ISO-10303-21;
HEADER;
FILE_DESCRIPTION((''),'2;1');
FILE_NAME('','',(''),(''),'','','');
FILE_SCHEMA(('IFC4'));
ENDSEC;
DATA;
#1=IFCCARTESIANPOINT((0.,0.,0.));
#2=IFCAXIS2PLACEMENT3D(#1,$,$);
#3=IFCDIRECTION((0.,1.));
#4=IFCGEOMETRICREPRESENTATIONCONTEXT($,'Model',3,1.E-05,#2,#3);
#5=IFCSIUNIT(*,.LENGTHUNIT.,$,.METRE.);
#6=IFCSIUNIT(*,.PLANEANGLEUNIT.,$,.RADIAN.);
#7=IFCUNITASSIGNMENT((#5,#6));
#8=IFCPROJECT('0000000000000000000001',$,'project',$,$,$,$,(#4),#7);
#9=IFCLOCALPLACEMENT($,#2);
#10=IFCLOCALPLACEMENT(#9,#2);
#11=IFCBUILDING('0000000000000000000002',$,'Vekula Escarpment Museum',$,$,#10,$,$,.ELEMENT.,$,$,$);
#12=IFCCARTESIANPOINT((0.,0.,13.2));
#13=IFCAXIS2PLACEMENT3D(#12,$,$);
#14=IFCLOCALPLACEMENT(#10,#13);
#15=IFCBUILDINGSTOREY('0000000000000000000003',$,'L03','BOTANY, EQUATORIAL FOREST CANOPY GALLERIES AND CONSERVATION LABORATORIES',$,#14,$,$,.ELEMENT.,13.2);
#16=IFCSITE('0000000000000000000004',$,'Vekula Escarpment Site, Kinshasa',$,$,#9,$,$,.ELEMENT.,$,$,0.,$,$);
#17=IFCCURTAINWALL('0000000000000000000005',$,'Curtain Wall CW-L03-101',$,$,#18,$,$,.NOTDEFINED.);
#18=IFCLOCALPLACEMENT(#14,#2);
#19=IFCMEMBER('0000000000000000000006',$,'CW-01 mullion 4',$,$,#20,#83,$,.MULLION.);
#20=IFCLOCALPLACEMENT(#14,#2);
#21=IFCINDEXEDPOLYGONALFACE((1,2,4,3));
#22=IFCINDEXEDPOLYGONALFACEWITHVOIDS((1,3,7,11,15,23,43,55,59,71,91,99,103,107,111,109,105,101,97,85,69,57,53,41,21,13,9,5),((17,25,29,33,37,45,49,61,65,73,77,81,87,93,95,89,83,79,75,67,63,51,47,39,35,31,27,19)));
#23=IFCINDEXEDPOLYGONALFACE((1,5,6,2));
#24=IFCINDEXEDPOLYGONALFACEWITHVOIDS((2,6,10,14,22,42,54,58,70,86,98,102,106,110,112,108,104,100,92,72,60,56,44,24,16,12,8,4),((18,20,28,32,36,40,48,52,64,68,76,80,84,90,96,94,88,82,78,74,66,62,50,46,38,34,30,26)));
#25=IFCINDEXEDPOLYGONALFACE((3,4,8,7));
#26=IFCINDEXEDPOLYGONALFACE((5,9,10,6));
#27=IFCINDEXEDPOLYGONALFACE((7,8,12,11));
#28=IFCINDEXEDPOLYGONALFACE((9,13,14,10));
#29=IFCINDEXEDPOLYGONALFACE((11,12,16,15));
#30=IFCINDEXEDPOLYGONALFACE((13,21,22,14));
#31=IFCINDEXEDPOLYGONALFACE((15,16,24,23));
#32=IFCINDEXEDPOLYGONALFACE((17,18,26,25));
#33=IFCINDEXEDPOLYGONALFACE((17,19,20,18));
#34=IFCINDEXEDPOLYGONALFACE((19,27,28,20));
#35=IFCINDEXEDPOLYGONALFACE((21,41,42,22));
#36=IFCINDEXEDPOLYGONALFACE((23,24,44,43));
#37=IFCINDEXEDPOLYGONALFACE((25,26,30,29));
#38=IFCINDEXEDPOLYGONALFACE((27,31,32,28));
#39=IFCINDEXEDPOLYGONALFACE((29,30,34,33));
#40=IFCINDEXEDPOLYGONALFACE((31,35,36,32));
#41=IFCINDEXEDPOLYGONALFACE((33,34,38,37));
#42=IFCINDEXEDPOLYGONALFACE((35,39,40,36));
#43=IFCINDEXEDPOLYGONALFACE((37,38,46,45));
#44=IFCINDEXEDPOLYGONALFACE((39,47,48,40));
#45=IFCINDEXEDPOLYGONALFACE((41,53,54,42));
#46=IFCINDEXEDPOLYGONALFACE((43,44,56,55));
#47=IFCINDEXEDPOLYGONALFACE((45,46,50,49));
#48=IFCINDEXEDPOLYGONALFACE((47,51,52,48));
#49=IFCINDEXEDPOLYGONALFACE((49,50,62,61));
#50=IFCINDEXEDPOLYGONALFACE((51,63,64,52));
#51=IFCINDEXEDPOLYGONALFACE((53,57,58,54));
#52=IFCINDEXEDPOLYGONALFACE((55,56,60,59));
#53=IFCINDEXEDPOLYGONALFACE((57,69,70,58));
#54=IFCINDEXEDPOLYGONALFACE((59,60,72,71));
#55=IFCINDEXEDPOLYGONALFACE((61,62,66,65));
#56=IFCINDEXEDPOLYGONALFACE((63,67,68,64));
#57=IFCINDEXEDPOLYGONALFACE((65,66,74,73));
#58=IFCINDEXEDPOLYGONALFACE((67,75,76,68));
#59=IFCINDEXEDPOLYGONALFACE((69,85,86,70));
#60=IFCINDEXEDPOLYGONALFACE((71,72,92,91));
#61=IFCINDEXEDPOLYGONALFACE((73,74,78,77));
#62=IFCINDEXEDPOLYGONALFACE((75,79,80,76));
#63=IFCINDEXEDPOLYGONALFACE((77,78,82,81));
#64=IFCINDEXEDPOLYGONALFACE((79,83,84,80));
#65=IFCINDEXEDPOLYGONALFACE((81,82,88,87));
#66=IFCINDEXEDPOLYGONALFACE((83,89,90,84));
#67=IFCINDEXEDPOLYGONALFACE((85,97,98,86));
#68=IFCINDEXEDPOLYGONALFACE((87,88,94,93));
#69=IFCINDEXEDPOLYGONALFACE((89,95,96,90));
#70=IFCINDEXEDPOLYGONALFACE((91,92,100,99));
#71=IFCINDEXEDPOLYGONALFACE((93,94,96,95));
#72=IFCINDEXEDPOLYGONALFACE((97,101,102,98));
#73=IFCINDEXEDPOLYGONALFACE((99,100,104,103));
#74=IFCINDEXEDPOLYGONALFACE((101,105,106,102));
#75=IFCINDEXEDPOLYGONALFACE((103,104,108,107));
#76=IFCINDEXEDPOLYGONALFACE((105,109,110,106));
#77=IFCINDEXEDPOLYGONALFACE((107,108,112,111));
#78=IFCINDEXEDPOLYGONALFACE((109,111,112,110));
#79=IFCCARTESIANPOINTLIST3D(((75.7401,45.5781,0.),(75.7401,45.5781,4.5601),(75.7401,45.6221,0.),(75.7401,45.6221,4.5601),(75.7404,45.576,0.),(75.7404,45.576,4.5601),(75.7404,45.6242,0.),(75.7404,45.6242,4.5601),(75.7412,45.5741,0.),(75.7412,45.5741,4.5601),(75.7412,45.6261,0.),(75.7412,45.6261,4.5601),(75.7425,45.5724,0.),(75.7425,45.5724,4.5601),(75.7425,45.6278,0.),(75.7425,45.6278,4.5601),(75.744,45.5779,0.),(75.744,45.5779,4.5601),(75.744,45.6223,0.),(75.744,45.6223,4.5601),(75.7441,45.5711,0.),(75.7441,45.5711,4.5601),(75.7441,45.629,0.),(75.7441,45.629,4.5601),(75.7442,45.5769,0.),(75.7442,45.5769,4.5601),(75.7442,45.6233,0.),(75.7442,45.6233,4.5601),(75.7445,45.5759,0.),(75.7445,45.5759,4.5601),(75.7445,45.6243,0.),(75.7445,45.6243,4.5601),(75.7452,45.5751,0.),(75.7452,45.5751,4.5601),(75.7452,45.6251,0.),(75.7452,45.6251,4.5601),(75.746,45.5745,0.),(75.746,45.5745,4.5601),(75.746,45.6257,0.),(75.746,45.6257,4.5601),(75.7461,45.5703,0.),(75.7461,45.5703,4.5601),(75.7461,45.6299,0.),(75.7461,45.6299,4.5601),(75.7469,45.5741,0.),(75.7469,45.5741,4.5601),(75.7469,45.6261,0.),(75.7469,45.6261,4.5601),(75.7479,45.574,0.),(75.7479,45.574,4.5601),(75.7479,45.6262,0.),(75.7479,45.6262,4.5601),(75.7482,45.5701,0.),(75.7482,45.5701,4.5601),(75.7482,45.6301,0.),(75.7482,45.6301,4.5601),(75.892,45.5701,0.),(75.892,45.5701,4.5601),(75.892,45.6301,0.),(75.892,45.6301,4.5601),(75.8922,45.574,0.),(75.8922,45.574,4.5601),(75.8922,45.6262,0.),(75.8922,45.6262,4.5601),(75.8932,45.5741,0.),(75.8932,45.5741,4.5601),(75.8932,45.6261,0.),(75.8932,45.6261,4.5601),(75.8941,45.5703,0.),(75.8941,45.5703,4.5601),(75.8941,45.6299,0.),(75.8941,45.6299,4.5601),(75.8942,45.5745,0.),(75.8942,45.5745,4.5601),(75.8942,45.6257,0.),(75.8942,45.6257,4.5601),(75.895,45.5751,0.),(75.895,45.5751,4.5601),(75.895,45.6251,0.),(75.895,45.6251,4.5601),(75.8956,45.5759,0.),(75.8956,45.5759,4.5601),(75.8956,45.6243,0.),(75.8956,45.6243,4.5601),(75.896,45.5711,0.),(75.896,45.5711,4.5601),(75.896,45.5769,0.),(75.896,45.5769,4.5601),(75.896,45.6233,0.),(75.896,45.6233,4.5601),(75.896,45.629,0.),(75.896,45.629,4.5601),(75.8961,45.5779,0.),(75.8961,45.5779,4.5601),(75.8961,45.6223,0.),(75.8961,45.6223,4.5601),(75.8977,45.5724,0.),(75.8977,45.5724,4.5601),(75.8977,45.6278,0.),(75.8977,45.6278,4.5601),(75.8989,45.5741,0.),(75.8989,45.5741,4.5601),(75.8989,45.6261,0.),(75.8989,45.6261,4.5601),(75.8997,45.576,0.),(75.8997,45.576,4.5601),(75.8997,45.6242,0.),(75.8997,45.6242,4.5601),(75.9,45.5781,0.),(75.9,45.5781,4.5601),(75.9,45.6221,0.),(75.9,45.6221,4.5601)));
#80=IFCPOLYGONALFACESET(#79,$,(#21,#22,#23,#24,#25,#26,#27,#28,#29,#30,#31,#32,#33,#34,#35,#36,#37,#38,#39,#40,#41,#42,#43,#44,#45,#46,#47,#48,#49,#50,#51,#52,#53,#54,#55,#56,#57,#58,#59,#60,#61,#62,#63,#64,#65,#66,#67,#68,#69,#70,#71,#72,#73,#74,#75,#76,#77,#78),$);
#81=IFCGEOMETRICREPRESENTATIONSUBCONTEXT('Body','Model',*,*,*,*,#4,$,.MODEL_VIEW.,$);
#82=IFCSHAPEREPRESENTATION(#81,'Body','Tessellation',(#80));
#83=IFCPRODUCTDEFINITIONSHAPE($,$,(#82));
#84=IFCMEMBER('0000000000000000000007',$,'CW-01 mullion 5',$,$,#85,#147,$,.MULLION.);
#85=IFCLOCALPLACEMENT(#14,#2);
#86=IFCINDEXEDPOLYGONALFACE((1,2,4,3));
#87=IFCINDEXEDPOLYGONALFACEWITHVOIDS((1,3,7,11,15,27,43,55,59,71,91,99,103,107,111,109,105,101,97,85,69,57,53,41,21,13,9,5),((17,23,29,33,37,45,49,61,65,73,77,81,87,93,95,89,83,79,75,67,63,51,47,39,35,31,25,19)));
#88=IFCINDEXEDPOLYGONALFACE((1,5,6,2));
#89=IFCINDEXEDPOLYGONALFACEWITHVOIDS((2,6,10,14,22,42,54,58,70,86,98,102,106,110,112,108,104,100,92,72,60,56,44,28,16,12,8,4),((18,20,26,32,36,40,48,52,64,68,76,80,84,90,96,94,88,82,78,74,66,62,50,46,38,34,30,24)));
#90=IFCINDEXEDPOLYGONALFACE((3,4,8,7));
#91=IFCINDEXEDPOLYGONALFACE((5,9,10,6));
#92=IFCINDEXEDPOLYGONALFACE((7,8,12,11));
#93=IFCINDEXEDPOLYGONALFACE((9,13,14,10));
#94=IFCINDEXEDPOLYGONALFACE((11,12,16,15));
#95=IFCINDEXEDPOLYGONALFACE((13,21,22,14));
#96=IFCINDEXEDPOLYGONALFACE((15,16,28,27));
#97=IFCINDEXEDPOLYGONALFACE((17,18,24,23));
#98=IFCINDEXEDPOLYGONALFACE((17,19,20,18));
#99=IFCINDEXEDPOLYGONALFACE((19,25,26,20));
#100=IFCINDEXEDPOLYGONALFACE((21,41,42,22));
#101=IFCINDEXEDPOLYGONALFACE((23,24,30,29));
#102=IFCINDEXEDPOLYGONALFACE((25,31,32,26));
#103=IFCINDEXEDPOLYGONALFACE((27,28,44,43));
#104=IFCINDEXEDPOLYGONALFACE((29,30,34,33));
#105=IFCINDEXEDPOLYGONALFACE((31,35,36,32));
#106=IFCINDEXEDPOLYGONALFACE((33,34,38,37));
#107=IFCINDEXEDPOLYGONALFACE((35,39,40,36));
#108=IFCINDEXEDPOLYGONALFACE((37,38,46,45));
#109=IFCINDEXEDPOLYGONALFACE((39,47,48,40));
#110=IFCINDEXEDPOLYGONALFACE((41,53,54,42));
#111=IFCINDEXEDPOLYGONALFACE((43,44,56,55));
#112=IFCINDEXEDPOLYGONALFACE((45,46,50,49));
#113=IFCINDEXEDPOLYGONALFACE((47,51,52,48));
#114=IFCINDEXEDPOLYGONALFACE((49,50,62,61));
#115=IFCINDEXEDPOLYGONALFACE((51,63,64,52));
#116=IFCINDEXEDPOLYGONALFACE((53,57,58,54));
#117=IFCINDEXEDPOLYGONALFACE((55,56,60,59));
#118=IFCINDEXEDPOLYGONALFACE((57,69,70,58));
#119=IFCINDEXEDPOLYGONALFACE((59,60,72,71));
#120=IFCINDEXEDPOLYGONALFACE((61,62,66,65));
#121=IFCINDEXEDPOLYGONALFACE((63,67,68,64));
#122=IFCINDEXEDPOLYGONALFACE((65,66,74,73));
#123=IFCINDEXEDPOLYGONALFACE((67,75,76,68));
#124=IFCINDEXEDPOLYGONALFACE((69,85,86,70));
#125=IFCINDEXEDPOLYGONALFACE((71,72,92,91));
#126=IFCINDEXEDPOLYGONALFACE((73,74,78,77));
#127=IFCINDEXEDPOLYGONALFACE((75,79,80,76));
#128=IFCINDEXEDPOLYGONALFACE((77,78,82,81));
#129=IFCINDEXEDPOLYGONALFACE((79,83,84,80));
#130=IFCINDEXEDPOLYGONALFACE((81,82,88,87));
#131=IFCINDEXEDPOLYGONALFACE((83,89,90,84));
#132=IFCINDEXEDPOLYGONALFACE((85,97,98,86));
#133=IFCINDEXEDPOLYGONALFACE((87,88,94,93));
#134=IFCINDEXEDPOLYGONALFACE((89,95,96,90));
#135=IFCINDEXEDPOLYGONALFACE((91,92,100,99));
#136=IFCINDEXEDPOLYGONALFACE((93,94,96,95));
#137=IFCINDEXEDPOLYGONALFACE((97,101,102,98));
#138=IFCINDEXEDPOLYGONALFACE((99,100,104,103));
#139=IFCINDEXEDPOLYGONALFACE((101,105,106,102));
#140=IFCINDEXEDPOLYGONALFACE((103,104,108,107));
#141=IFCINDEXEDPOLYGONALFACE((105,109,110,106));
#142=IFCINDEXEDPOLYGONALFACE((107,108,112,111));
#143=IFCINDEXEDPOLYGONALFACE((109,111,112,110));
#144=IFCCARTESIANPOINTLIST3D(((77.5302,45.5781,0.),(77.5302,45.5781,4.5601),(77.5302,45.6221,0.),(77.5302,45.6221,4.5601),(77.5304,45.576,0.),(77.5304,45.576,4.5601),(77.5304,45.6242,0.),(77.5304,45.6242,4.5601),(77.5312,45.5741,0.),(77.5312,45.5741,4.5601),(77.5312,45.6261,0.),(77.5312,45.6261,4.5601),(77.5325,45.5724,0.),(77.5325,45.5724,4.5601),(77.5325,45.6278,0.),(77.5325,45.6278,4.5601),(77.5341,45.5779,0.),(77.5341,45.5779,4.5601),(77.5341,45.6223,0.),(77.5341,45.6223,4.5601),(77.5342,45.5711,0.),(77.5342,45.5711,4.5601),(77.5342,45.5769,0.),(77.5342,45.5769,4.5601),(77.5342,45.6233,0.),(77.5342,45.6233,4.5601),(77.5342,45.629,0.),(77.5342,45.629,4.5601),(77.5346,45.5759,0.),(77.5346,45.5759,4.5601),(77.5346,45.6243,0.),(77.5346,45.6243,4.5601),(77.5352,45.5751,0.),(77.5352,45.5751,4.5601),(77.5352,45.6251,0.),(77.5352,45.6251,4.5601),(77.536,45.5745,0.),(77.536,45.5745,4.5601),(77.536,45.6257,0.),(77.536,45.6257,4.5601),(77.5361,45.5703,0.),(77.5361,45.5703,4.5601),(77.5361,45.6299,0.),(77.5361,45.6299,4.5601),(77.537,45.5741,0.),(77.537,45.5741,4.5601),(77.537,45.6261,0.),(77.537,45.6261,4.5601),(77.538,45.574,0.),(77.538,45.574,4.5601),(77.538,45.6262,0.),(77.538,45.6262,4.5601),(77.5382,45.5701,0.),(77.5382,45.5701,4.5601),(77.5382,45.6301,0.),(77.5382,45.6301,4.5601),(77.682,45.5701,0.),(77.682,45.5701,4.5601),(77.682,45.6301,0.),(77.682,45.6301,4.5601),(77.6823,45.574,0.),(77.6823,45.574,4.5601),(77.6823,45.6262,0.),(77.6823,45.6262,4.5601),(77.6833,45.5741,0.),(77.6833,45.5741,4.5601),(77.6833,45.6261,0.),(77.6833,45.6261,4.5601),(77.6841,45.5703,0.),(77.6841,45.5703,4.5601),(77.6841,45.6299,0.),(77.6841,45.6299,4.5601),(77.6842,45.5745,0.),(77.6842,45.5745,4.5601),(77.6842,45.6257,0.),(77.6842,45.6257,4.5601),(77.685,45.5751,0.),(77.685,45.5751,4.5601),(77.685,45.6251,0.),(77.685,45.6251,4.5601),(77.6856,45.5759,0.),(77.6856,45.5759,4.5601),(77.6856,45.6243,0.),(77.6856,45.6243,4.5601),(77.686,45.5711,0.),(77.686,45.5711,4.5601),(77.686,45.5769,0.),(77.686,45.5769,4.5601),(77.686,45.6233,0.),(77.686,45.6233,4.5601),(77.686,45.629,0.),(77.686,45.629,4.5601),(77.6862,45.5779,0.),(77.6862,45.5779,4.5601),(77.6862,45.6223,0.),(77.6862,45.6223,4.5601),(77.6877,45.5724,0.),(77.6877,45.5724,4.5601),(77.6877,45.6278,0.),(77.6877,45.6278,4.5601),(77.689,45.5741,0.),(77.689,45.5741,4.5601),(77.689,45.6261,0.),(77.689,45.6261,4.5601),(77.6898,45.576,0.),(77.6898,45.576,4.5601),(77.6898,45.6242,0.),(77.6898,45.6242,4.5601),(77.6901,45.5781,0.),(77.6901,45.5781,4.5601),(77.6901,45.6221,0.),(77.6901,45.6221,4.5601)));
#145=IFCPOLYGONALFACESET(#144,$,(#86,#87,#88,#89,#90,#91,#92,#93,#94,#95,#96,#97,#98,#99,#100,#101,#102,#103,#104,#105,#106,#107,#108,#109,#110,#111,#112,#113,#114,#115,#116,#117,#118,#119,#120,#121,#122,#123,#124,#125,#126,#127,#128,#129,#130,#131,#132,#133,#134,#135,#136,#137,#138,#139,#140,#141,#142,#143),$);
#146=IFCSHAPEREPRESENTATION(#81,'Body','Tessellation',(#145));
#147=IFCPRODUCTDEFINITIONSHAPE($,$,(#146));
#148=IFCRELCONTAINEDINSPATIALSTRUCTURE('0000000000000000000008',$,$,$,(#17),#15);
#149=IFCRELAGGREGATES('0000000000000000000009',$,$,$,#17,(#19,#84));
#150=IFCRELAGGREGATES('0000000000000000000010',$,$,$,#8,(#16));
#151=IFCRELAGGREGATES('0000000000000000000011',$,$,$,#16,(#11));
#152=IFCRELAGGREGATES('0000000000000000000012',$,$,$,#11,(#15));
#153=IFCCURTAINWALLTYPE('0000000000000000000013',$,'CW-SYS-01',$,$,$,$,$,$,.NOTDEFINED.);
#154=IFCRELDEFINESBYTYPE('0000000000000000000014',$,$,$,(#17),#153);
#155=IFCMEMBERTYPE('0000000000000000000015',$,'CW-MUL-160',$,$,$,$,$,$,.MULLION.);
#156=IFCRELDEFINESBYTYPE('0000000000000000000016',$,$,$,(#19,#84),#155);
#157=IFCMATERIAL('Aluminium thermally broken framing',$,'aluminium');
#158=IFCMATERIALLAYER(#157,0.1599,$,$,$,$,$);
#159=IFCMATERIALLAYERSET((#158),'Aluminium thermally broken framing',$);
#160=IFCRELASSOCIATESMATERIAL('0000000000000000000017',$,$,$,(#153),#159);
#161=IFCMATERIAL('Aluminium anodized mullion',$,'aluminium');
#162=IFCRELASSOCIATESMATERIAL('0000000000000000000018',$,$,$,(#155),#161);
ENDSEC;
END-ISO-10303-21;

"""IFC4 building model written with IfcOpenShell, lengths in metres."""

from ifc_helpers import new_model, si_unit, direction, frame, origin, origin_2d, place, context, subcontext, project, spatial, hollow_rectangle, extrude, material, layer, layer_set, material_profile, profile_set, type_object, element, aggregate, save


model = new_model("IFC4")

# Units and contexts
model_context = context("Model", 3, precision=1e-05, world=origin(), true_north=direction((0.0, 1.0)))
body_context = subcontext(model_context, "Body", "Model", "MODEL_VIEW")
ifc_project = project(units=[si_unit("LENGTHUNIT", "METRE"), si_unit("PLANEANGLEUNIT", "RADIAN")], contexts=[model_context])

# Site, building, storey
site_placement = place(None, origin())
site = spatial("IfcSite", under=ifc_project, at=site_placement, Name="Vekula Escarpment Site, Kinshasa", CompositionType="ELEMENT", RefElevation=0.0)
building_placement = place(site_placement, origin())
building = spatial("IfcBuilding", under=site, at=building_placement, Name="Vekula Escarpment Museum", CompositionType="ELEMENT")
storey_placement = place(building_placement, frame((0.0, 0.0, 13.2)))
storey = spatial("IfcBuildingStorey", under=building, at=storey_placement, Name="L03", Description="BOTANY, EQUATORIAL FOREST CANOPY GALLERIES AND CONSERVATION LABORATORIES", CompositionType="ELEMENT", Elevation=13.2)

# Curtain wall, members
ifc_material_1 = material(Name="Aluminium thermally broken framing", Category="aluminium")
ifc_layer_1 = layer(ifc_material_1, 0.1599)
ifc_layer_set_1 = layer_set([ifc_layer_1], Name="Aluminium thermally broken framing")
curtain_wall_type_1 = type_object("IfcCurtainWallType", Name="CW-SYS-01", PredefinedType="NOTDEFINED", material=ifc_layer_set_1)
curtain_wall_1_placement = place(storey_placement, origin())
curtain_wall_1 = element("IfcCurtainWall", 1, at=curtain_wall_1_placement, inside=storey, type_object=curtain_wall_type_1, Name="Curtain Wall CW-L03-101", PredefinedType="NOTDEFINED")
ifc_material_2 = material(Name="Aluminium anodized mullion", Category="aluminium")
ifc_material_profile_1 = material_profile(ifc_material_2, hollow_rectangle(XDim=0.0601, YDim=0.1599, WallThickness=0.0039, InnerFilletRadius=0.0039, OuterFilletRadius=0.0081, at=origin_2d()), Name="ALU 160x60x4")
ifc_profile_set_1 = profile_set([ifc_material_profile_1], Name="Aluminium anodized mullion")
member_type_1 = type_object("IfcMemberType", Name="CW-MUL-160", PredefinedType="MULLION", material=ifc_profile_set_1)
member_1_placement = place(storey_placement, frame((75.8201, 45.6001, 0.0), z_axis=(0.0, 0.0, 1.0), x_axis=(0.0, 1.0, 0.0)))
member_1 = element("IfcMember", 2, at=member_1_placement, type_object=member_type_1, Name="CW-01 mullion 4", PredefinedType="MULLION", context=body_context, shape_type="SweptSolid", body=[
    extrude(hollow_rectangle(XDim=0.0601, YDim=0.1599, WallThickness=0.0039, InnerFilletRadius=0.0039, OuterFilletRadius=0.0081, at=origin_2d()), origin(), (0.0, 0.0, 1.0), 4.5601),
])
member_2_placement = place(storey_placement, frame((77.6101, 45.6001, 0.0), z_axis=(0.0, 0.0, 1.0), x_axis=(0.0, 1.0, 0.0)))
member_2 = element("IfcMember", 3, at=member_2_placement, type_object=member_type_1, Name="CW-01 mullion 5", PredefinedType="MULLION", context=body_context, shape_type="SweptSolid", body=[
    extrude(hollow_rectangle(XDim=0.0601, YDim=0.1599, WallThickness=0.0039, InnerFilletRadius=0.0039, OuterFilletRadius=0.0081, at=origin_2d()), origin(), (0.0, 0.0, 1.0), 4.5601),
])

aggregate(curtain_wall_1, [member_1, member_2])

save(model, "model.ifc")
